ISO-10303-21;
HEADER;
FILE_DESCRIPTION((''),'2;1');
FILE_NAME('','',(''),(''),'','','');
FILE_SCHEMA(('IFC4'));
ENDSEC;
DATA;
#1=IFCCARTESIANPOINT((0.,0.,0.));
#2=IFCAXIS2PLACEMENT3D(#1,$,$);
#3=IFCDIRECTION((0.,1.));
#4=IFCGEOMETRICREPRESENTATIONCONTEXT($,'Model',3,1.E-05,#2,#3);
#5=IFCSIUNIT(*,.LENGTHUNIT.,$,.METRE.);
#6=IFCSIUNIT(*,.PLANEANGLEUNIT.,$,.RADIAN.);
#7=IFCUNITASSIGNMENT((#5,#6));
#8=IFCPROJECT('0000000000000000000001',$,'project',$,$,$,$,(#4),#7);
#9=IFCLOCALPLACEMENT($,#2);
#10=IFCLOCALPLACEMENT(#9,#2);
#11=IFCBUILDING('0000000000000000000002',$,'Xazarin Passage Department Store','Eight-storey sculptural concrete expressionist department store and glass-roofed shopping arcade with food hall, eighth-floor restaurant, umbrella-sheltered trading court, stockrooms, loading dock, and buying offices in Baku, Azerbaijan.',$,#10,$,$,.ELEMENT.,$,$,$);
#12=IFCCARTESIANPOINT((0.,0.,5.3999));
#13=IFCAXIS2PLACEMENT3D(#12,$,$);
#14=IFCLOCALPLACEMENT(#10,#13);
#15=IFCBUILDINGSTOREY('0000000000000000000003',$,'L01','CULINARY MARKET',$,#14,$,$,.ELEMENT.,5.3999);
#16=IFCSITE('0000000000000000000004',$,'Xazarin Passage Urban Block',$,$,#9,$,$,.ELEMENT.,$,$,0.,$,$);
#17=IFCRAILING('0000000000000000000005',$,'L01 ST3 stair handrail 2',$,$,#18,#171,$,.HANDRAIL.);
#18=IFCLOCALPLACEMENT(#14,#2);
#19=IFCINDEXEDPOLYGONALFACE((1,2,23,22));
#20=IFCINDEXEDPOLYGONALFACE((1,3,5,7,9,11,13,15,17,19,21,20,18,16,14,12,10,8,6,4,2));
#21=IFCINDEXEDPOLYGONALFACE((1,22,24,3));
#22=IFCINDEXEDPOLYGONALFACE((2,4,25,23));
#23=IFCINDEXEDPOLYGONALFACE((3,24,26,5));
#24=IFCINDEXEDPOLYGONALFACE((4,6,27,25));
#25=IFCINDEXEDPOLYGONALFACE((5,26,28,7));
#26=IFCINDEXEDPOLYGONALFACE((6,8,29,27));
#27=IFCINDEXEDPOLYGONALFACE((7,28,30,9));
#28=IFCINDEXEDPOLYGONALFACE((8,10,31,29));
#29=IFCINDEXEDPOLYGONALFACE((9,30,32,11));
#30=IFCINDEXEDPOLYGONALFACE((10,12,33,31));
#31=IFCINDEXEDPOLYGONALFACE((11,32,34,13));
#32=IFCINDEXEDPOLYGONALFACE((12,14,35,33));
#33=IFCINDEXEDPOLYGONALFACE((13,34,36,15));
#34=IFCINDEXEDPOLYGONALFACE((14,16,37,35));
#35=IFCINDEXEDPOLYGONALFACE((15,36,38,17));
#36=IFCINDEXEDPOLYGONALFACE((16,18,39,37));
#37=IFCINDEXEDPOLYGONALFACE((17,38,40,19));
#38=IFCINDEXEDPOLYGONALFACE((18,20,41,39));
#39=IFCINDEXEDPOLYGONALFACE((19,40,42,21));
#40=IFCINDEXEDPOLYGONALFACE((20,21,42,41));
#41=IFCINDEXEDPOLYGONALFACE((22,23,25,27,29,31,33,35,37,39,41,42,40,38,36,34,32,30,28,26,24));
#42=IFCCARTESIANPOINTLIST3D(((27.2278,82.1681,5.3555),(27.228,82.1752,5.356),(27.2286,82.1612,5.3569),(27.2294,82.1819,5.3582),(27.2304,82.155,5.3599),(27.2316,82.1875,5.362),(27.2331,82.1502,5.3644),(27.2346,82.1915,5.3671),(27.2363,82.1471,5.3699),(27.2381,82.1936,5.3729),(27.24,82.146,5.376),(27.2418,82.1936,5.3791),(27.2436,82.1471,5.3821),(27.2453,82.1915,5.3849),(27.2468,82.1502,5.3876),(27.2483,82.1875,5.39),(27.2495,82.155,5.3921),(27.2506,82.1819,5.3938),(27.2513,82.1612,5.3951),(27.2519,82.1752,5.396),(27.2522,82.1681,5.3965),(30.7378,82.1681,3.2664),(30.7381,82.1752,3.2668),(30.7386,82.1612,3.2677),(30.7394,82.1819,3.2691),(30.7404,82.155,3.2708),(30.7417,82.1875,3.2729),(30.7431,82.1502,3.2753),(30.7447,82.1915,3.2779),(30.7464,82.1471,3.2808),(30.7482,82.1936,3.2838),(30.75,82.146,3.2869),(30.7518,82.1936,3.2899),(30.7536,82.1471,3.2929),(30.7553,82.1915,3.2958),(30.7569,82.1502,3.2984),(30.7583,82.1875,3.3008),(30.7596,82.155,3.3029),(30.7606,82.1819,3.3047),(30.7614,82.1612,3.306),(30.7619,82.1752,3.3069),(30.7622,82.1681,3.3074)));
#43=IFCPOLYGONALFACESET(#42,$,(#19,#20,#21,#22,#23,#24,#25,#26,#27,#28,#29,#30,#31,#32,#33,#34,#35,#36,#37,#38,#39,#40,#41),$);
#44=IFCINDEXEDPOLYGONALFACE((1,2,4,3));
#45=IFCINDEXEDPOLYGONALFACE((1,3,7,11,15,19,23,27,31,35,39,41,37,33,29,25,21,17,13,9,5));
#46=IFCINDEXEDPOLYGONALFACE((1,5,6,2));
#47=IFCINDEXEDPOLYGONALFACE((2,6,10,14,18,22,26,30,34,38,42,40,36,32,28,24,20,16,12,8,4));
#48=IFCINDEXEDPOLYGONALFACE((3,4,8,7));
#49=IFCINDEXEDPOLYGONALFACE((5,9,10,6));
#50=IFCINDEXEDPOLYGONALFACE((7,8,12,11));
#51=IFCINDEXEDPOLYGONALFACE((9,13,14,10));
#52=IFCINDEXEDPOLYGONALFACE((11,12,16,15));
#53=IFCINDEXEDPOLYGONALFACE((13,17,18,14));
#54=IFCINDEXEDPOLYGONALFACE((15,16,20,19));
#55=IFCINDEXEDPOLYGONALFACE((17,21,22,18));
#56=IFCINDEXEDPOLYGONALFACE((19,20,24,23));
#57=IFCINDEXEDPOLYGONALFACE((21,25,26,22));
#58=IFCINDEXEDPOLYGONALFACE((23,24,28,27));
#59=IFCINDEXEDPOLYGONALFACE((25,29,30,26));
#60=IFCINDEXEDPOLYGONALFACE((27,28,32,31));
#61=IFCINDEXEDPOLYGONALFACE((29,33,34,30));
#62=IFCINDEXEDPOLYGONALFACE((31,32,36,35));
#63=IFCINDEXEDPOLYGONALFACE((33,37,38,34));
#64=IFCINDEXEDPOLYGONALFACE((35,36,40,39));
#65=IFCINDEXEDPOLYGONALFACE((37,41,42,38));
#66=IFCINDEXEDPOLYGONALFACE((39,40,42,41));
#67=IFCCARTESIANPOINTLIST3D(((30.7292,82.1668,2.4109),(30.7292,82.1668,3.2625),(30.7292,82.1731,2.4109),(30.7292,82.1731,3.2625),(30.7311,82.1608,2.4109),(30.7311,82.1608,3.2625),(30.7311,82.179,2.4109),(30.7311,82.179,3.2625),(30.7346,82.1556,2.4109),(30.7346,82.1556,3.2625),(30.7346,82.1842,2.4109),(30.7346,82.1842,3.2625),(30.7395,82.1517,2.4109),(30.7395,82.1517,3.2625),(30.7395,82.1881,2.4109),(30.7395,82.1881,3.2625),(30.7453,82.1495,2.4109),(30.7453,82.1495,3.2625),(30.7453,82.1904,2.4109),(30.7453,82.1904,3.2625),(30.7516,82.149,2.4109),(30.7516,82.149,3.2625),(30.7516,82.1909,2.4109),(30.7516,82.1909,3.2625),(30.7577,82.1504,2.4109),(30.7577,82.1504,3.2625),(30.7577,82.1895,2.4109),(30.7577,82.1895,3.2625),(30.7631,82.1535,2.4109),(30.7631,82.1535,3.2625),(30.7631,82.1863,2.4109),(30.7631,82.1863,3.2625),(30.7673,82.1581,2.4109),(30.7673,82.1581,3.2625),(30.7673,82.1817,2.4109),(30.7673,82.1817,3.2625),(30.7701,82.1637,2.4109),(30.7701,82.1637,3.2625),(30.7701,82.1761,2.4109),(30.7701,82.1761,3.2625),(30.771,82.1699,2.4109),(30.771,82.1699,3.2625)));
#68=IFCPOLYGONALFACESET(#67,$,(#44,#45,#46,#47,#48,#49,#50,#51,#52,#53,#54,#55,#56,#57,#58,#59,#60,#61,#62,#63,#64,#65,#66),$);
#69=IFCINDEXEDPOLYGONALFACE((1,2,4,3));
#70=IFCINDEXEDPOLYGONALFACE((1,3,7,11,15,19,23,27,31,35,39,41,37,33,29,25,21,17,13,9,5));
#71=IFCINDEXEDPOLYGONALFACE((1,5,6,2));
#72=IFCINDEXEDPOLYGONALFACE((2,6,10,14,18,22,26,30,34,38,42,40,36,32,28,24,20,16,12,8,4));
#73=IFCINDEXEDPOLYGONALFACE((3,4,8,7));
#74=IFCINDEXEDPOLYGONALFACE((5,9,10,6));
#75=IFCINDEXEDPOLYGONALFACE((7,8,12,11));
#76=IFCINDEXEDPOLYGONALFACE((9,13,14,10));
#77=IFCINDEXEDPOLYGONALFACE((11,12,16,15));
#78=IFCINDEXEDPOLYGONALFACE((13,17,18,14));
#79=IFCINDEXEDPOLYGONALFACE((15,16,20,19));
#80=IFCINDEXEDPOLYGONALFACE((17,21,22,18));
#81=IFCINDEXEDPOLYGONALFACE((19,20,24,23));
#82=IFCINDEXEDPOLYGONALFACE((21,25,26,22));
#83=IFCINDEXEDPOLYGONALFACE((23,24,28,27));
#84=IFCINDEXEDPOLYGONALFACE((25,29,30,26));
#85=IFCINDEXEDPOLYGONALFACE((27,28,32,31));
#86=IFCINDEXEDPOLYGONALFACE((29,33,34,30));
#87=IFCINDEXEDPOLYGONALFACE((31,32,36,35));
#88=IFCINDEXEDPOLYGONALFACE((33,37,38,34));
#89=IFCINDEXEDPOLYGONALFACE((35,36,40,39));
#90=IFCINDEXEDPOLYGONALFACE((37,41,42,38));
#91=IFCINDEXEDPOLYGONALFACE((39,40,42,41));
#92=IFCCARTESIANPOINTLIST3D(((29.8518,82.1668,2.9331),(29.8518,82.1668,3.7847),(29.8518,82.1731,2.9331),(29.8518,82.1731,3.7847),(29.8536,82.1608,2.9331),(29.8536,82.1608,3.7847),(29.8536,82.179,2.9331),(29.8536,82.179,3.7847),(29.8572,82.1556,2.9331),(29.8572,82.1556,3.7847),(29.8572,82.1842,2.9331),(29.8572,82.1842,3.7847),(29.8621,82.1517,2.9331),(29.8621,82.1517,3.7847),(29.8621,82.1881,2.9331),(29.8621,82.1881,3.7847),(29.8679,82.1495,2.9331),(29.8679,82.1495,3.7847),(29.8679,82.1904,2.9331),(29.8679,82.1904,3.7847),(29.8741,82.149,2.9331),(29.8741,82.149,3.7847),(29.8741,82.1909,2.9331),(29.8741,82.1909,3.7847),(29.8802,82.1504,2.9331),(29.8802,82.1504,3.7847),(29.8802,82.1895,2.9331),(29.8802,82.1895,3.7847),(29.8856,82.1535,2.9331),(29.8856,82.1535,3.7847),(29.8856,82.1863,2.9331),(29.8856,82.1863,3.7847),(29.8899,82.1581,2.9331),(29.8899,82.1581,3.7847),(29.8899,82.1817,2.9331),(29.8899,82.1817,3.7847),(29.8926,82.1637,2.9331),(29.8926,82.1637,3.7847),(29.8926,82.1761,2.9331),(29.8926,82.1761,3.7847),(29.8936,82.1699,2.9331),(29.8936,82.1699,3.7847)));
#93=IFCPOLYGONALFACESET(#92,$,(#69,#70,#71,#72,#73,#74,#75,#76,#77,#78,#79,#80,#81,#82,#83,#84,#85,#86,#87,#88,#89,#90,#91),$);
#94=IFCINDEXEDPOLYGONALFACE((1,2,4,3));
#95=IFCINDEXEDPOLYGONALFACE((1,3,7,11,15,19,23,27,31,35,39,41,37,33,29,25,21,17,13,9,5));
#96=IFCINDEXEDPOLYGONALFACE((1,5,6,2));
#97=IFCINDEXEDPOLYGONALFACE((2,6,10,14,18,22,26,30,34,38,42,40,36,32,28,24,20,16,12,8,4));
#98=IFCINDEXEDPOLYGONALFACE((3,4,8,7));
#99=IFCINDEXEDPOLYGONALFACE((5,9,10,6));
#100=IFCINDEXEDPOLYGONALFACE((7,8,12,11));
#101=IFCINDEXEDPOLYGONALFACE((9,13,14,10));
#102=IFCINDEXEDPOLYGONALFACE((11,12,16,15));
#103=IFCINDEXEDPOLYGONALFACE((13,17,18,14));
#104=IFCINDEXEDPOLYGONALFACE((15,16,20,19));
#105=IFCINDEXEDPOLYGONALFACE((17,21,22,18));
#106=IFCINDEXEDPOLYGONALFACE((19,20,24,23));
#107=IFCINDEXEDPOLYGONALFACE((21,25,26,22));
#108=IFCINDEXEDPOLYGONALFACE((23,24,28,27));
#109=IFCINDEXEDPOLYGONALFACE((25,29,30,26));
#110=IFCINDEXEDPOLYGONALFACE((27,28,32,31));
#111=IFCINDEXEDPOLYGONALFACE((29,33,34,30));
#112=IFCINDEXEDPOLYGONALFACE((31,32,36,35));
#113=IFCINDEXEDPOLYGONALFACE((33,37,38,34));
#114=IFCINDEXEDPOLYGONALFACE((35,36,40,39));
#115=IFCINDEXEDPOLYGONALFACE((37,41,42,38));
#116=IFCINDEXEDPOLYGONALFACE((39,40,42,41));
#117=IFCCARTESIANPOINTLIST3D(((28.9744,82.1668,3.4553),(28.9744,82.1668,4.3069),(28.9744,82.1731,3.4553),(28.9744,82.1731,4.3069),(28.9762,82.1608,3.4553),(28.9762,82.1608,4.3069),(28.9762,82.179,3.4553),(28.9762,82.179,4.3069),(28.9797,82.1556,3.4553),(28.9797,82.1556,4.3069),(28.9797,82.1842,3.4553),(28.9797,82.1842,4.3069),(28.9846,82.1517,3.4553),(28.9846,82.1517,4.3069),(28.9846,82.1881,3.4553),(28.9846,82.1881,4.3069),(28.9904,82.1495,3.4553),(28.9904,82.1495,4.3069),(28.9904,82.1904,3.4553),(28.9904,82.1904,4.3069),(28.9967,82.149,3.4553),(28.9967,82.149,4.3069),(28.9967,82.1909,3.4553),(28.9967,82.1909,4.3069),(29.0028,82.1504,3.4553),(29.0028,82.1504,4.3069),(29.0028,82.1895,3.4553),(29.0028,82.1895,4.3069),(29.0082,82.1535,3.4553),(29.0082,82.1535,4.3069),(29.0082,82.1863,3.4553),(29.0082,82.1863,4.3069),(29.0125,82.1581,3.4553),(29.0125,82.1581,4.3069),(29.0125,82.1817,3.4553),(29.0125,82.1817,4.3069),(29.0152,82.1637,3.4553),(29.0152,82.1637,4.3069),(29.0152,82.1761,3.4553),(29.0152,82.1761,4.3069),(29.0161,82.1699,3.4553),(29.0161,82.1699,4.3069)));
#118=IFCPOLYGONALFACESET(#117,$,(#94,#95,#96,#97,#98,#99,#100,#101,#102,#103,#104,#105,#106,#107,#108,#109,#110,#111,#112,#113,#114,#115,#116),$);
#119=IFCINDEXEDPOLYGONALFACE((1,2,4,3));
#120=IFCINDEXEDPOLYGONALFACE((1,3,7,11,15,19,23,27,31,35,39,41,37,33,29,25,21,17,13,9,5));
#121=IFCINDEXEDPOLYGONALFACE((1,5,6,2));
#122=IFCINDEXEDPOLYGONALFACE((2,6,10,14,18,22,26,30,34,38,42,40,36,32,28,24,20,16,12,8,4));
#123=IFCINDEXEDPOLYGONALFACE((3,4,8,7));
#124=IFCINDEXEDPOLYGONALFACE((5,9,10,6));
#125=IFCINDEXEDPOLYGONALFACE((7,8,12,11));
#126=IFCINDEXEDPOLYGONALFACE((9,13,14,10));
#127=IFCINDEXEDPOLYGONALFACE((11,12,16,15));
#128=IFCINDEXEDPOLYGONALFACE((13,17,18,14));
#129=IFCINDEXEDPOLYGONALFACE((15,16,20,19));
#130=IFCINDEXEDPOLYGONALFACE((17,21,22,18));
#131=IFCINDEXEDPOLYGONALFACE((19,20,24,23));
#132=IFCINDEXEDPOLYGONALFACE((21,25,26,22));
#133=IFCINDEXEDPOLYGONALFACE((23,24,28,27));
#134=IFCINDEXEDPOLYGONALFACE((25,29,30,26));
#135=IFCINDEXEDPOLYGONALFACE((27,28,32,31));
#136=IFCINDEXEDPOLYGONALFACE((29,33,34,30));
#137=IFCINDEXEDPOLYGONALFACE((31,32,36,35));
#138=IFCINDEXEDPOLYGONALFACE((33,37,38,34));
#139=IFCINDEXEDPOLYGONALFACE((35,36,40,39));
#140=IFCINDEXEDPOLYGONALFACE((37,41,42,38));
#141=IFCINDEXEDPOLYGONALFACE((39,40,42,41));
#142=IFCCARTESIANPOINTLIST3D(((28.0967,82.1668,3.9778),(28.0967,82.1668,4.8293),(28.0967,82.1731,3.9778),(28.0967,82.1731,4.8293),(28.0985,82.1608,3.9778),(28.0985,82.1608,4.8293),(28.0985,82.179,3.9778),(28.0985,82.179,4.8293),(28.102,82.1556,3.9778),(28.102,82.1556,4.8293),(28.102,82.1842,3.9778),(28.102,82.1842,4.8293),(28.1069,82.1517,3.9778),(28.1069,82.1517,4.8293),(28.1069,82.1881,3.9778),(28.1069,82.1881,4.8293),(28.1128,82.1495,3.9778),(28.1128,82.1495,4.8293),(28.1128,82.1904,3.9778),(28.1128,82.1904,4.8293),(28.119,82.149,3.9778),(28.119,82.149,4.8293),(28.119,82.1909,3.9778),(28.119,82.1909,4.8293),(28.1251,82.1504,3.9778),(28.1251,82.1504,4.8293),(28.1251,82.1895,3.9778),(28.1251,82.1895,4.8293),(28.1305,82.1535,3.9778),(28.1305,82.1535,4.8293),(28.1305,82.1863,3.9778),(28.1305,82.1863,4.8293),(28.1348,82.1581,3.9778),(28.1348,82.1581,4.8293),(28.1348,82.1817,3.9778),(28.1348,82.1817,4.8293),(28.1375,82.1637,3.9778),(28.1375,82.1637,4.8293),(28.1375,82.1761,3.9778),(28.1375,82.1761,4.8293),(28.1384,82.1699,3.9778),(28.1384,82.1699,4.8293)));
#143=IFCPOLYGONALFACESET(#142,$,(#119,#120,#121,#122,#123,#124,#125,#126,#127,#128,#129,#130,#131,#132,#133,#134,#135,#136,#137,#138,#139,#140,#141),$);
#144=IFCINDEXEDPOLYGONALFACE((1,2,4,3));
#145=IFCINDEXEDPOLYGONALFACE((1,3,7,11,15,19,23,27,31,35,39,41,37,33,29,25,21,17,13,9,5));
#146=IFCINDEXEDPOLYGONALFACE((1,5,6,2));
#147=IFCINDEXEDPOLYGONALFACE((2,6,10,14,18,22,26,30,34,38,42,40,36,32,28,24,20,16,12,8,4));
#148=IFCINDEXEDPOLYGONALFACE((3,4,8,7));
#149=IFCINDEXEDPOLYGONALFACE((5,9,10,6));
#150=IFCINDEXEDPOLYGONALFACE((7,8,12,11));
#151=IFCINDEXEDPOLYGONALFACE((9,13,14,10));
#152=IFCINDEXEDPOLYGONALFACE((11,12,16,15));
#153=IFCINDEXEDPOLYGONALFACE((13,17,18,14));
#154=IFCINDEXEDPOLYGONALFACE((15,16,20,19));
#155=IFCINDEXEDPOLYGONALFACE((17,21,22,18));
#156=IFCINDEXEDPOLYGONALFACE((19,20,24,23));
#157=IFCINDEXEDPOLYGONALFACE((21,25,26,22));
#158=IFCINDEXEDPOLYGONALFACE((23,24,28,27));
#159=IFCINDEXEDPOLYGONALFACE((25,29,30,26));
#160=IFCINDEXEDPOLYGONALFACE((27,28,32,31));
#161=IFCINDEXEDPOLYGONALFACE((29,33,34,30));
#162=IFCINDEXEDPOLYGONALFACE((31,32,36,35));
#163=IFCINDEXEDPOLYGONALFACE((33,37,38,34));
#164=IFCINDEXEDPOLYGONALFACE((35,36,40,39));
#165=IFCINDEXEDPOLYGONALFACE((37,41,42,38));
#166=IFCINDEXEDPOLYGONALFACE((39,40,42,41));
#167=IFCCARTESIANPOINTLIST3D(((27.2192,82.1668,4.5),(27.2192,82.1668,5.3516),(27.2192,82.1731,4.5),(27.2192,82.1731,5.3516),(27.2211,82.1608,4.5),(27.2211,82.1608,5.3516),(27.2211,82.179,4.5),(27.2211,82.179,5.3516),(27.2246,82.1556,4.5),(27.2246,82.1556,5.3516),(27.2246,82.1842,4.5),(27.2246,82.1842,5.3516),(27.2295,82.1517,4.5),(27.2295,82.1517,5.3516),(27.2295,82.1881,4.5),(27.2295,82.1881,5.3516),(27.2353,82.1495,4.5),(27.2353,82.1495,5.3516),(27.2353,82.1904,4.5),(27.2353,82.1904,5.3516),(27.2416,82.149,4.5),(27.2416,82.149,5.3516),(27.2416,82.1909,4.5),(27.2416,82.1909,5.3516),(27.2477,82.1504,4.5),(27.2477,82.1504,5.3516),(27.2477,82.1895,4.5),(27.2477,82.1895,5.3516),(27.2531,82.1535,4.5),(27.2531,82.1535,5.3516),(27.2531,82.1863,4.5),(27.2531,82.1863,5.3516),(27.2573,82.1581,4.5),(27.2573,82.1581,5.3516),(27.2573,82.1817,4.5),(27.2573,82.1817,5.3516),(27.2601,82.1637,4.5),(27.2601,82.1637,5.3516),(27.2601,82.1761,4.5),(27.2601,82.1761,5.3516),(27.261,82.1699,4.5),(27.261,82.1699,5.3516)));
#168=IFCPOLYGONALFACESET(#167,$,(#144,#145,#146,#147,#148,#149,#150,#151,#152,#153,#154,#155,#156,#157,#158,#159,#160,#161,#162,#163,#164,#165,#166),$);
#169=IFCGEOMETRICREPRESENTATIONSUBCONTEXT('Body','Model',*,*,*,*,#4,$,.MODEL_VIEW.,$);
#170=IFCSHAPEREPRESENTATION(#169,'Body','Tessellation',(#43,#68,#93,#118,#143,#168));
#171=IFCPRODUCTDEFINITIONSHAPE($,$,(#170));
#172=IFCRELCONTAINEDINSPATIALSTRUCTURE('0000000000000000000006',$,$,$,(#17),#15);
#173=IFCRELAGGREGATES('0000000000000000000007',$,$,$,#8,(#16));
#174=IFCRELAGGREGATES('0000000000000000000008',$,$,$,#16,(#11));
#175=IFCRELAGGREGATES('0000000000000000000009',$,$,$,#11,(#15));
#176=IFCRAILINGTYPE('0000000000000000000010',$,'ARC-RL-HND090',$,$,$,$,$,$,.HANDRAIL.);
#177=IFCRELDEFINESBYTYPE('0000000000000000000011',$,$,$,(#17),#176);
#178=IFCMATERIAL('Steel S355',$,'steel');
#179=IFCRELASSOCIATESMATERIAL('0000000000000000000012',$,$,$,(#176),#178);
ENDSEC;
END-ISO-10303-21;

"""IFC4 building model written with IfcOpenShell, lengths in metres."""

from ifc_helpers import new_model, si_unit, direction, frame, origin, origin_2d, place, context, subcontext, project, spatial, circle, extrude, material, type_object, element, save


model = new_model("IFC4")

# Units and contexts
model_context = context("Model", 3, precision=1e-05, world=origin(), true_north=direction((0.0, 1.0)))
body_context = subcontext(model_context, "Body", "Model", "MODEL_VIEW")
ifc_project = project(units=[si_unit("LENGTHUNIT", "METRE"), si_unit("PLANEANGLEUNIT", "RADIAN")], contexts=[model_context])

# Site, building, storey
site_placement = place(None, origin())
site = spatial("IfcSite", under=ifc_project, at=site_placement, Name="Xazarin Passage Urban Block", CompositionType="ELEMENT", RefElevation=0.0)
building_placement = place(site_placement, origin())
building = spatial("IfcBuilding", under=site, at=building_placement, Name="Xazarin Passage Department Store", Description="Eight-storey sculptural concrete expressionist department store and glass-roofed shopping arcade with food hall, eighth-floor restaurant, umbrella-sheltered trading court, stockrooms, loading dock, and buying offices in Baku, Azerbaijan.", CompositionType="ELEMENT")
storey_placement = place(building_placement, frame((0.0, 0.0, 5.3999)))
storey = spatial("IfcBuildingStorey", under=building, at=storey_placement, Name="L01", Description="CULINARY MARKET", CompositionType="ELEMENT", Elevation=5.3999)

# Shared definitions
ifc_material_1 = material(Name="Steel S355", Category="steel")

# Railing
railing_type_1 = type_object("IfcRailingType", Name="ARC-RL-HND090", PredefinedType="HANDRAIL", material=ifc_material_1)
railing_1_placement = place(storey_placement, frame((30.75, 82.1699, 2.4109)))
element("IfcRailing", 1, at=railing_1_placement, inside=storey, type_object=railing_type_1, Name="L01 ST3 stair handrail 2", PredefinedType="HANDRAIL", context=body_context, shape_type="SweptSolid", body=[
    extrude(circle(Radius=0.0239, at=origin_2d()), frame((0.0, 0.0, 0.876), z_axis=(-0.859312, 0.0, 0.511451), x_axis=(0.0, -1.0, 0.0)), (0.0, 0.0, 1.0), 4.0847),
    extrude(circle(Radius=0.021, at=origin_2d()), origin(), (0.0, 0.0, 1.0), 0.8516),
    extrude(circle(Radius=0.021, at=origin_2d()), frame((-0.8774, 0.0, 0.5222)), (0.0, 0.0, 1.0), 0.8516),
    extrude(circle(Radius=0.021, at=origin_2d()), frame((-1.7549, 0.0, 1.0444)), (0.0, 0.0, 1.0), 0.8516),
    extrude(circle(Radius=0.021, at=origin_2d()), frame((-2.6326, 0.0, 1.5669)), (0.0, 0.0, 1.0), 0.8516),
    extrude(circle(Radius=0.021, at=origin_2d()), frame((-3.51, 0.0, 2.0891)), (0.0, 0.0, 1.0), 0.8516),
])

save(model, "model.ifc")
